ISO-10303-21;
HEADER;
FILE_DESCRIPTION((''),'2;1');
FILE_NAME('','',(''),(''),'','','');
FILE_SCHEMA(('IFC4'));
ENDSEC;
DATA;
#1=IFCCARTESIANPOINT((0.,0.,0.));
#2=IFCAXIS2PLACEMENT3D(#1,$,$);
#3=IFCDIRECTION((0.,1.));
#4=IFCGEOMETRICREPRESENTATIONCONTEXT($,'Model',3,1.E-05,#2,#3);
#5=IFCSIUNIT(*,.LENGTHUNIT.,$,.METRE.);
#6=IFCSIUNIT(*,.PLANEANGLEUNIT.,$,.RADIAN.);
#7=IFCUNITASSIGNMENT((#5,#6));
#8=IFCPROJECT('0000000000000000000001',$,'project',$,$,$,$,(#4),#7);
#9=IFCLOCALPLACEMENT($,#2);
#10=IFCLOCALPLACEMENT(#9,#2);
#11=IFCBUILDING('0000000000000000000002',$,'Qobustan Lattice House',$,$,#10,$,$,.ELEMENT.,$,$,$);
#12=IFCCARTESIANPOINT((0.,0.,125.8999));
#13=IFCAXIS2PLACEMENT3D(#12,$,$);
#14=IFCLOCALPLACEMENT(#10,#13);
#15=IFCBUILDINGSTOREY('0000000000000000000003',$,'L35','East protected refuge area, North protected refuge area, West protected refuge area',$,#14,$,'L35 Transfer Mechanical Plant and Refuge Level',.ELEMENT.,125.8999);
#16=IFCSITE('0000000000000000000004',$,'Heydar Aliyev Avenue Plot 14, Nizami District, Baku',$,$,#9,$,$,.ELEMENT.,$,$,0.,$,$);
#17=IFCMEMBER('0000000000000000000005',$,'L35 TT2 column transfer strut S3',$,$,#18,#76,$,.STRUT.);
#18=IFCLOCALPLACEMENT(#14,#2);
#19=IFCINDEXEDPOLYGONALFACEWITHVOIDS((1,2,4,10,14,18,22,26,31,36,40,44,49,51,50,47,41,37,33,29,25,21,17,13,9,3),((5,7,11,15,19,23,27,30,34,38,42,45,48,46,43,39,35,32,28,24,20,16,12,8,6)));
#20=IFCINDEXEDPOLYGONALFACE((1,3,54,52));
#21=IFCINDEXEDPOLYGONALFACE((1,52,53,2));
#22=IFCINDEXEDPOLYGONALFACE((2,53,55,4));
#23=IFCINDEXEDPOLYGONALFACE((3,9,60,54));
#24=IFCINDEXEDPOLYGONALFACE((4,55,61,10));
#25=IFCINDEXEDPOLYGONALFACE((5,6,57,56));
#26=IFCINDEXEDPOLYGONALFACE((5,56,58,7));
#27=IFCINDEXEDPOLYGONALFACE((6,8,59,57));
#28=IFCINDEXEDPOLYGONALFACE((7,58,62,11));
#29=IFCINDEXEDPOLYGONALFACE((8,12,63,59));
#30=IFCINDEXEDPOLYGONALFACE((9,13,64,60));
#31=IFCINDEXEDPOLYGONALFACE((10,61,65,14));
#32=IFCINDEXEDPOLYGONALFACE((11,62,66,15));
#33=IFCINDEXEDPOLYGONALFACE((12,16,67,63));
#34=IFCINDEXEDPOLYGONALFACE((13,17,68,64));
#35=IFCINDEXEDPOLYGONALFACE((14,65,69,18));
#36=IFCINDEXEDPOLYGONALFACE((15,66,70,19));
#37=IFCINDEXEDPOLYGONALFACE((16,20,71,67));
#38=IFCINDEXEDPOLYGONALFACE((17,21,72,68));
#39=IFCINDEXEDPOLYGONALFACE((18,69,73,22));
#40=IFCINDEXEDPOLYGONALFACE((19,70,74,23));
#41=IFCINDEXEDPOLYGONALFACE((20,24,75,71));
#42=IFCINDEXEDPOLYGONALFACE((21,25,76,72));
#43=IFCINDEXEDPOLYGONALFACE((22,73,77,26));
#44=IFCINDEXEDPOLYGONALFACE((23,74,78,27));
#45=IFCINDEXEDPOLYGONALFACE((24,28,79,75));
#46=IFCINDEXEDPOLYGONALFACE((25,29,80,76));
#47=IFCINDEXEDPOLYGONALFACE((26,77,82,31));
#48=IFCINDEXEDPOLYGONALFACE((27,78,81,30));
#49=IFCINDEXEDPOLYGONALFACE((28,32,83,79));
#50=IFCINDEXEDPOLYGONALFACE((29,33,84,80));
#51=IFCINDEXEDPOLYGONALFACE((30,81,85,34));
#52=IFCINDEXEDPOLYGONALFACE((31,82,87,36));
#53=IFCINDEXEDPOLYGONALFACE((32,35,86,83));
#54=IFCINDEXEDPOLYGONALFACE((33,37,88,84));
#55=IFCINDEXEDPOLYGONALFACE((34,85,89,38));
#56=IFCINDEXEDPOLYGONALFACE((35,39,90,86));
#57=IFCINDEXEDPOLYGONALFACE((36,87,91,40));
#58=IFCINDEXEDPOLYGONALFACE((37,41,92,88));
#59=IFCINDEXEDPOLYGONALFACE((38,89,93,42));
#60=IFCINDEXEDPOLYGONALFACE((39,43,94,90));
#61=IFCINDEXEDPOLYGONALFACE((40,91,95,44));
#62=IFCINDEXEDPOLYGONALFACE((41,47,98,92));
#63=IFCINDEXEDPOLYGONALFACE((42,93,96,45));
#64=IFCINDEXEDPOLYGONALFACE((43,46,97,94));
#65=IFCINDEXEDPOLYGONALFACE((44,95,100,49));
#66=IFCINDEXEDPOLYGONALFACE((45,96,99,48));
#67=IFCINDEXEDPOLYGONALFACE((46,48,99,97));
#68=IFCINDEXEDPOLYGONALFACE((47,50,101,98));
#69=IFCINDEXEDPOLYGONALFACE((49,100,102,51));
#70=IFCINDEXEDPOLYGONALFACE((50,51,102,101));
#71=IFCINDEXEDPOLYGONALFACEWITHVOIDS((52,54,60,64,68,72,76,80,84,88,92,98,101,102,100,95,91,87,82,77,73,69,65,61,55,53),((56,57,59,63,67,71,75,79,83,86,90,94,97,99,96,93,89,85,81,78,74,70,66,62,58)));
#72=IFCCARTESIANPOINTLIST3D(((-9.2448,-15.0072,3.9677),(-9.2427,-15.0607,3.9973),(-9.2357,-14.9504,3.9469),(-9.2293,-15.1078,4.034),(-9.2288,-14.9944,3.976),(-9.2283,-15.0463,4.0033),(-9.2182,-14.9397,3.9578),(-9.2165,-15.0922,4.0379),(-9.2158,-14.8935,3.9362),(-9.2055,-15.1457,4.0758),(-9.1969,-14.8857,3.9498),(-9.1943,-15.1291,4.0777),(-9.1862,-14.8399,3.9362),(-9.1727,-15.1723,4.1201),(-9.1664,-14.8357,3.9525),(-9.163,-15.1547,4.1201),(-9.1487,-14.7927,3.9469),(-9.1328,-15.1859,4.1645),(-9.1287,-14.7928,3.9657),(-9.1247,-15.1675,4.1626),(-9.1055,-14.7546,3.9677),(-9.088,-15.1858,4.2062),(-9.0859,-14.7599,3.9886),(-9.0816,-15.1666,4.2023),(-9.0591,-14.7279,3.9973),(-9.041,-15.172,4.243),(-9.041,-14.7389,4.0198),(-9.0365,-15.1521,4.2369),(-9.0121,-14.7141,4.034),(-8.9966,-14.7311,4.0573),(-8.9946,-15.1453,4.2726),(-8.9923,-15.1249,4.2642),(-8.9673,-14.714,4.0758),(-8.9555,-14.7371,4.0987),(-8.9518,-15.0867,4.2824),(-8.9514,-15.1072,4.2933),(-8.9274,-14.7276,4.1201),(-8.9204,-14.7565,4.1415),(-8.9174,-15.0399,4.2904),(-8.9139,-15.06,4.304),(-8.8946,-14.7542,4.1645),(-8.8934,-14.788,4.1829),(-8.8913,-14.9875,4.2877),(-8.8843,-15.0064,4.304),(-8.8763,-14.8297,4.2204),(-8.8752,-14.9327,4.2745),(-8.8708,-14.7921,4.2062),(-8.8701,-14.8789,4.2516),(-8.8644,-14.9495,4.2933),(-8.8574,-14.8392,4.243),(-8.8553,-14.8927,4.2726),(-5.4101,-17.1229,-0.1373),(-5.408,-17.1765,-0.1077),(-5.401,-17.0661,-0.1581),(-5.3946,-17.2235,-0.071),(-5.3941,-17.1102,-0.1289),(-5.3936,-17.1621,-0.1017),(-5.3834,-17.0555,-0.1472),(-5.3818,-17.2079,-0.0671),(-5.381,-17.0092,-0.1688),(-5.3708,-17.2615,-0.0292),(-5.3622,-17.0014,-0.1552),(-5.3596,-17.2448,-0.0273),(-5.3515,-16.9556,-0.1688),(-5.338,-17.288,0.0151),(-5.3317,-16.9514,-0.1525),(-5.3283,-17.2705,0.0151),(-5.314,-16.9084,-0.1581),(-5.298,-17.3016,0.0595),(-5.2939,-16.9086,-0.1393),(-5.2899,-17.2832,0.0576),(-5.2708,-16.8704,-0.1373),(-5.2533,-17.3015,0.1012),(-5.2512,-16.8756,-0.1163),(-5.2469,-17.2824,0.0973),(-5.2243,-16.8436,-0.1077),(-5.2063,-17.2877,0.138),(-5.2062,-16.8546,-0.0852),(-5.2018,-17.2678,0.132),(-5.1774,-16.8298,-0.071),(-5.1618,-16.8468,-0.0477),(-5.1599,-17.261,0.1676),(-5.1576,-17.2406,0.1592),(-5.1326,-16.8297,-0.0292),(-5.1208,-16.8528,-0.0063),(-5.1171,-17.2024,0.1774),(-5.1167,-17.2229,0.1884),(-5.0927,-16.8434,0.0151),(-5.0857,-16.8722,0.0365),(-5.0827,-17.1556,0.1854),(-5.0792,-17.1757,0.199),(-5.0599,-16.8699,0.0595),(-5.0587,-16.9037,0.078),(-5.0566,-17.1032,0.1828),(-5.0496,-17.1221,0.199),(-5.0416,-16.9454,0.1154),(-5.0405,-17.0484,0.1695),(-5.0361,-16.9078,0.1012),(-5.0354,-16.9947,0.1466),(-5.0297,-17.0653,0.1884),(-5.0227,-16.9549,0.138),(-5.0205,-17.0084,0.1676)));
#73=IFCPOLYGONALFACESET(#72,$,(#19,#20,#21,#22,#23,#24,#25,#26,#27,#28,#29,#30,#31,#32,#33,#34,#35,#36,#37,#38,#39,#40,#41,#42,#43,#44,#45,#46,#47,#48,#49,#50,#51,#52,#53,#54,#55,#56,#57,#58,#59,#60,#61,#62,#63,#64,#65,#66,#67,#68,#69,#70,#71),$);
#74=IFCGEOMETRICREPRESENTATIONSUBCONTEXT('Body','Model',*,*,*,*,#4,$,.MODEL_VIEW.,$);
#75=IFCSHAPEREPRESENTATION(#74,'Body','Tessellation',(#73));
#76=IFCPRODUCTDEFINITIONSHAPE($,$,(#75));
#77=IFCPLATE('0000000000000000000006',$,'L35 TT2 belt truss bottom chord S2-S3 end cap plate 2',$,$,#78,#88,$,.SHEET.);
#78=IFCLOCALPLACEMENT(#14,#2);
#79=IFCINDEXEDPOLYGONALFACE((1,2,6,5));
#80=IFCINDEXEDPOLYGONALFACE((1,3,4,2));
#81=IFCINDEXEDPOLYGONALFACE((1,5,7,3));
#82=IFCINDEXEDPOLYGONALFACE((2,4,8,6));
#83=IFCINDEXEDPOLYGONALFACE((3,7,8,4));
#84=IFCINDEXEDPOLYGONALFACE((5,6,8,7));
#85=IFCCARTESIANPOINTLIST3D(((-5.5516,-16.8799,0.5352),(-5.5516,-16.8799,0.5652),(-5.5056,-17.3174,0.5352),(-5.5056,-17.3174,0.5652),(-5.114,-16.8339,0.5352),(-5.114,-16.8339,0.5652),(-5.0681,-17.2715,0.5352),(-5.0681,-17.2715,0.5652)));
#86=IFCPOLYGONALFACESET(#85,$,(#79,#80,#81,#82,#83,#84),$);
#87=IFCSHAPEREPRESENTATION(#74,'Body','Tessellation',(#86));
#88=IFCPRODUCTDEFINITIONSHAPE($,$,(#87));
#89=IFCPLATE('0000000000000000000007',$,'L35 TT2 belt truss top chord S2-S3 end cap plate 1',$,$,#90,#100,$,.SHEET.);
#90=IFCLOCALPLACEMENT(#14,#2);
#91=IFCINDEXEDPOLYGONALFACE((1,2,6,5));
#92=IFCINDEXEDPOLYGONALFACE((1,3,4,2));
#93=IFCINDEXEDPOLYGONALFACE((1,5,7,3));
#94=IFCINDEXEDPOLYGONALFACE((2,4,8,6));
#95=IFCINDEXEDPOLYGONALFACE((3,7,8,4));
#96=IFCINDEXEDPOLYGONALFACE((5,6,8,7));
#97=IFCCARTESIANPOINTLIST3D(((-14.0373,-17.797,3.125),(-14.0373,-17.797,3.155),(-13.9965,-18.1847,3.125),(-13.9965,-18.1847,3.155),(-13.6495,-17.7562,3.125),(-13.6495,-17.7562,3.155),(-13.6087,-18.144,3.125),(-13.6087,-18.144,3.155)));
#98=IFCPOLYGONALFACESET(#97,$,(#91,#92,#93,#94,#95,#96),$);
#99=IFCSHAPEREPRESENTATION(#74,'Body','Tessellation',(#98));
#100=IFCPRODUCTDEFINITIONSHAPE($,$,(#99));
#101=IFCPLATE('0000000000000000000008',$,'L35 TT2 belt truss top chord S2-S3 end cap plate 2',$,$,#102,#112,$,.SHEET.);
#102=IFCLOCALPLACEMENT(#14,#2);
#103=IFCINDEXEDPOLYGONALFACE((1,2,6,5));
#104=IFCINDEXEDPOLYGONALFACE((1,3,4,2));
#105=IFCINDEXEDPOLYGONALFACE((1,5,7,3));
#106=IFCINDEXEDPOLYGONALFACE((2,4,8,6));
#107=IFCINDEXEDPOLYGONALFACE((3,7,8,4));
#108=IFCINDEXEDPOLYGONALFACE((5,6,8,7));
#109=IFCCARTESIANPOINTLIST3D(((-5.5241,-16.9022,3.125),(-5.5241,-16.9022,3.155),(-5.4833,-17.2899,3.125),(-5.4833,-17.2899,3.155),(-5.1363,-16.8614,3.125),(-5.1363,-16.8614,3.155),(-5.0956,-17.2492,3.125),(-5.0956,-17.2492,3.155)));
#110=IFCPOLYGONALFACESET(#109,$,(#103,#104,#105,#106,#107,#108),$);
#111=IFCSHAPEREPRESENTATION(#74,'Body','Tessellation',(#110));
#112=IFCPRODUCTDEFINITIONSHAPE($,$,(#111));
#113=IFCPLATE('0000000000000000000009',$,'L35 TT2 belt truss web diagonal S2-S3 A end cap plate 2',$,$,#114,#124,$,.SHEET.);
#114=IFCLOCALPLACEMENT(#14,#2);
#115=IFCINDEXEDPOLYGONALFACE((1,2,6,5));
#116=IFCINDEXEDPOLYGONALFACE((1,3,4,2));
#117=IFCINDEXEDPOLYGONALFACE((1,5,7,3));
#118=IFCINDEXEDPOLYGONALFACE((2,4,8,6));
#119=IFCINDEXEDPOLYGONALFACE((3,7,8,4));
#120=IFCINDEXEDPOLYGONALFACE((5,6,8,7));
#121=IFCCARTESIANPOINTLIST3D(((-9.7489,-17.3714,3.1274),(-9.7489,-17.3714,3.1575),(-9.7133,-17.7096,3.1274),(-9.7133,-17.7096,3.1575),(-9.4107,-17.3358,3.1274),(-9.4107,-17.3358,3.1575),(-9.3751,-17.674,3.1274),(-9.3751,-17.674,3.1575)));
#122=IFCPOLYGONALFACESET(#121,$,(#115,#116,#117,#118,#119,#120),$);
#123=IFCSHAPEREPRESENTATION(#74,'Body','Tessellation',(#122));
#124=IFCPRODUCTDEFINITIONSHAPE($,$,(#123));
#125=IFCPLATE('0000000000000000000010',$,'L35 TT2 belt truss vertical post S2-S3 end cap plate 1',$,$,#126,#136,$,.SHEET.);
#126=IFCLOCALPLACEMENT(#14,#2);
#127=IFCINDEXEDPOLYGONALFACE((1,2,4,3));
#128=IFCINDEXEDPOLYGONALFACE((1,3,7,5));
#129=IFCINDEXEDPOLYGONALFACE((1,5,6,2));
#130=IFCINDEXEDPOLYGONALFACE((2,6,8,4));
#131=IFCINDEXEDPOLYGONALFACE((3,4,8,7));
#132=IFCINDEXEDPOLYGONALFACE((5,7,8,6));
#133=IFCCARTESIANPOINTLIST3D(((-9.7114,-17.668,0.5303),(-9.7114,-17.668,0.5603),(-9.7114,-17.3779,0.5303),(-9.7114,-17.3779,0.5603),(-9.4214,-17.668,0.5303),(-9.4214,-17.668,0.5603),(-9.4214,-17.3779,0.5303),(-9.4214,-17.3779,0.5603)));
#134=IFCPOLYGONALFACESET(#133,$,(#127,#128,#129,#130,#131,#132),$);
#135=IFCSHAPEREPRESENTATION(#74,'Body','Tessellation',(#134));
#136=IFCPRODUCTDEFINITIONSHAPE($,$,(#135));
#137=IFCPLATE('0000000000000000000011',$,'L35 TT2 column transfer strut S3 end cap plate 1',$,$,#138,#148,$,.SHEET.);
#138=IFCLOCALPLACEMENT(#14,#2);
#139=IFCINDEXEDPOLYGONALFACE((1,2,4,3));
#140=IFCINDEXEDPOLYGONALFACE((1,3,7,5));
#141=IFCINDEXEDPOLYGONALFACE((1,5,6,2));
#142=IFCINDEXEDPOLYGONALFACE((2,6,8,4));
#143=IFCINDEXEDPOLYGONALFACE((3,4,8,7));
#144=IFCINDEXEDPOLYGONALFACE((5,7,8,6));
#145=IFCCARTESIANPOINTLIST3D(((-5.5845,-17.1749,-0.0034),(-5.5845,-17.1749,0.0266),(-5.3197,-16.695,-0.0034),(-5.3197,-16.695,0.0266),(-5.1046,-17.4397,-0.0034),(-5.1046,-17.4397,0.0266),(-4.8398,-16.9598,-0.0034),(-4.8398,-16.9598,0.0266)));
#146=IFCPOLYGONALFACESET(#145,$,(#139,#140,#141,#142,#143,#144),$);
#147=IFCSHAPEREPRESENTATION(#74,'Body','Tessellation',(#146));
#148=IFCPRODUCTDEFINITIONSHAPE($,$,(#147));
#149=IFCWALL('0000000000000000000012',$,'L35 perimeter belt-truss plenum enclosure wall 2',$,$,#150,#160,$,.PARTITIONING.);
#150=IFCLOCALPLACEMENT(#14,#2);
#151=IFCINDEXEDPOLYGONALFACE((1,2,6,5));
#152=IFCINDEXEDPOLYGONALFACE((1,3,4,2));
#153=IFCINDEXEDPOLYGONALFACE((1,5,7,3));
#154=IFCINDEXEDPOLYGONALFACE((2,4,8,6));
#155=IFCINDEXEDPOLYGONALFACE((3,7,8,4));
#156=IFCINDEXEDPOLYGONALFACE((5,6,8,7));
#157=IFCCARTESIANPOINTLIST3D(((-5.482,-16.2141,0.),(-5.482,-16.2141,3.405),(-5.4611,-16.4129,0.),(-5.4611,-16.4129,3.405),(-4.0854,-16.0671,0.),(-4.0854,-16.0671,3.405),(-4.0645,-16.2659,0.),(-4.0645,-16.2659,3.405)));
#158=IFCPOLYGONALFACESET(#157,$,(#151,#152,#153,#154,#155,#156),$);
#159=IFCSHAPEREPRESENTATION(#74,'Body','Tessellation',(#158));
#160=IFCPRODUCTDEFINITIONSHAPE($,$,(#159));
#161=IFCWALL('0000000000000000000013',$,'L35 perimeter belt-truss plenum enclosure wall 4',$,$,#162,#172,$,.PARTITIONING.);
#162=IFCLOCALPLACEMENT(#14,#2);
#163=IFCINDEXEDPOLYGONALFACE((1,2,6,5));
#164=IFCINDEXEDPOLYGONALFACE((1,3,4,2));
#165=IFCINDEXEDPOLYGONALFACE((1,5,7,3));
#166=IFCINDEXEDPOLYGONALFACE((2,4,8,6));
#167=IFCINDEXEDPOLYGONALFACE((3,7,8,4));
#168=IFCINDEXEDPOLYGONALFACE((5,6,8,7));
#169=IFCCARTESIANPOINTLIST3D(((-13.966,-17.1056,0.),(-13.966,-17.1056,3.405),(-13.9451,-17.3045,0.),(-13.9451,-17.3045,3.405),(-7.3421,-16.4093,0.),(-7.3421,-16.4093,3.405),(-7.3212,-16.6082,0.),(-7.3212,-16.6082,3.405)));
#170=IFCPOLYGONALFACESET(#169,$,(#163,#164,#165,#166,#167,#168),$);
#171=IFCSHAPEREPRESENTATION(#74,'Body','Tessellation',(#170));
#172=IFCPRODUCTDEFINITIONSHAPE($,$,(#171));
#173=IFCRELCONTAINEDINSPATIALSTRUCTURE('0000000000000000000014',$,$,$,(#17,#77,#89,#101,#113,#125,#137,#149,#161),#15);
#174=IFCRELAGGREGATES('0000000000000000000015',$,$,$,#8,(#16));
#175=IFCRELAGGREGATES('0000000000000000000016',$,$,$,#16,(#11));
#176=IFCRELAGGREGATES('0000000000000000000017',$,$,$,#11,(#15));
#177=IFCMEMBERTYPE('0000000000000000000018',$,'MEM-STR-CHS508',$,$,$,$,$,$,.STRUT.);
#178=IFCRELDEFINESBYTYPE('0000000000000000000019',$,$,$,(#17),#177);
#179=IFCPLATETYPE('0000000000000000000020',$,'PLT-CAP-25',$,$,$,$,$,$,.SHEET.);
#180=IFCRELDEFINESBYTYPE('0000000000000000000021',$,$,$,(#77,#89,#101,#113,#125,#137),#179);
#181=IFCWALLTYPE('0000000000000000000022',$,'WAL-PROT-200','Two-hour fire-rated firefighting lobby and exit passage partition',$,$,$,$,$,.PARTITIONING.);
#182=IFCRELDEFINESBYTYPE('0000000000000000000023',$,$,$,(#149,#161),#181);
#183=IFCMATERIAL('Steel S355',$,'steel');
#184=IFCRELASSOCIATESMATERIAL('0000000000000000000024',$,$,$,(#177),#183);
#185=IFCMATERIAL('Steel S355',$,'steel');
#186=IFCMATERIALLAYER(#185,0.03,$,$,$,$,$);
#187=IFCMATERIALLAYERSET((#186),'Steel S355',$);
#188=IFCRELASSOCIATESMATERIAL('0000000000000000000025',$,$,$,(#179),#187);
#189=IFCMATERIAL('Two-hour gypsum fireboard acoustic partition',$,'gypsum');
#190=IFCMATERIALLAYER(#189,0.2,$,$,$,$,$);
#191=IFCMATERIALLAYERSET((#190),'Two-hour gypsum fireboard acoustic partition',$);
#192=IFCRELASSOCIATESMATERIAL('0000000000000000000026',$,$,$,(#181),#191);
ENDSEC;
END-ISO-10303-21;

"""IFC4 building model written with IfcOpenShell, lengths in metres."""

from ifc_helpers import new_model, si_unit, direction, frame, frame_2d, origin, origin_2d, place, context, subcontext, project, spatial, rectangle, hollow_circle, extrude, material, layer, layer_set, material_profile, profile_set, type_object, element, save


model = new_model("IFC4")

# Units and contexts
model_context = context("Model", 3, precision=1e-05, world=origin(), true_north=direction((0.0, 1.0)))
body_context = subcontext(model_context, "Body", "Model", "MODEL_VIEW")
ifc_project = project(units=[si_unit("LENGTHUNIT", "METRE"), si_unit("PLANEANGLEUNIT", "RADIAN")], contexts=[model_context])

# Site, building, storey
site_placement = place(None, origin())
site = spatial("IfcSite", under=ifc_project, at=site_placement, Name="Heydar Aliyev Avenue Plot 14, Nizami District, Baku", CompositionType="ELEMENT", RefElevation=0.0)
building_placement = place(site_placement, origin())
building = spatial("IfcBuilding", under=site, at=building_placement, Name="Qobustan Lattice House", CompositionType="ELEMENT")
storey_placement = place(building_placement, frame((0.0, 0.0, 125.8999)))
storey = spatial("IfcBuildingStorey", under=building, at=storey_placement, Name="L35", Description="East protected refuge area, North protected refuge area, West protected refuge area", LongName="L35 Transfer Mechanical Plant and Refuge Level", CompositionType="ELEMENT", Elevation=125.8999)

# Member
ifc_material_1 = material(Name="Steel S355", Category="steel")
ifc_material_profile_1 = material_profile(ifc_material_1, hollow_circle(Radius=0.2539, WallThickness=0.02, at=origin_2d()), Name="CHS508x20")
ifc_profile_set_1 = profile_set([ifc_material_profile_1], Name="Steel S355")
member_type_1 = type_object("IfcMemberType", Name="MEM-STR-CHS508", PredefinedType="STRUT", material=ifc_profile_set_1)
member_1_placement = place(storey_placement, frame((-5.2153, -17.0657, 0.0151), z_axis=(-0.638834, 0.352463, 0.683858), x_axis=(-0.48308, -0.875576, 0.0)))
element("IfcMember", 1, at=member_1_placement, inside=storey, type_object=member_type_1, Name="L35 TT2 column transfer strut S3", PredefinedType="STRUT", context=body_context, shape_type="SweptSolid", body=[
    extrude(hollow_circle(Radius=0.2539, WallThickness=0.02, at=origin_2d()), origin(), (0.0, 0.0, 1.0), 6.0027),
])

# Plates
ifc_material_2 = material(Name="Steel S355", Category="steel")
ifc_layer_1 = layer(ifc_material_2, 0.03)
ifc_layer_set_1 = layer_set([ifc_layer_1], Name="Steel S355")
plate_type = type_object("IfcPlateType", Name="PLT-CAP-25", PredefinedType="SHEET", material=ifc_layer_set_1)
plate_1_placement = place(storey_placement, frame((-5.3098, -17.0757, 0.5352), z_axis=(0.0, 0.0, 1.0), x_axis=(0.994522, 0.104528, 0.0)))
element("IfcPlate", 2, at=plate_1_placement, inside=storey, type_object=plate_type, Name="L35 TT2 belt truss bottom chord S2-S3 end cap plate 2", PredefinedType="SHEET", context=body_context, shape_type="SweptSolid", body=[
    extrude(rectangle(XDim=0.4399, YDim=0.4399, at=origin_2d()), origin(), (0.0, 0.0, 1.0), 0.03),
])
for number, where, z_axis, x_axis, name in (
    (3, (-13.823, -17.9705, 3.125), (0.0, 0.0, 1.0), (0.994522, 0.104528, 0.0), "L35 TT2 belt truss top chord S2-S3 end cap plate 1"),
    (4, (-5.3098, -17.0757, 3.125), (0.0, 0.0, 1.0), (0.994522, 0.104528, 0.0), "L35 TT2 belt truss top chord S2-S3 end cap plate 2"),
):
    element("IfcPlate", number, at=place(storey_placement, frame(where, z_axis=z_axis, x_axis=x_axis)), inside=storey, type_object=plate_type, Name=name, PredefinedType="SHEET", context=body_context, shape_type="SweptSolid", body=[
        extrude(rectangle(XDim=0.3899, YDim=0.3899, at=origin_2d()), origin(), (0.0, 0.0, 1.0), 0.03),
    ])
plate_2_placement = place(storey_placement, frame((-9.562, -17.5227, 3.1274), z_axis=(0.0, 0.0, 1.0), x_axis=(0.99452, 0.104546, 0.0)))
element("IfcPlate", 5, at=plate_2_placement, inside=storey, type_object=plate_type, Name="L35 TT2 belt truss web diagonal S2-S3 A end cap plate 2", PredefinedType="SHEET", context=body_context, shape_type="SweptSolid", body=[
    extrude(rectangle(XDim=0.3401, YDim=0.3401, at=origin_2d()), origin(), (0.0, 0.0, 1.0), 0.03),
])
plate_3_placement = place(storey_placement, frame((-9.5664, -17.5229, 0.5303), z_axis=(0.0, 0.0, 1.0), x_axis=(1.0, 0.0, 0.0)))
element("IfcPlate", 6, at=plate_3_placement, inside=storey, type_object=plate_type, Name="L35 TT2 belt truss vertical post S2-S3 end cap plate 1", PredefinedType="SHEET", context=body_context, shape_type="SweptSolid", body=[
    extrude(rectangle(XDim=0.29, YDim=0.29, at=origin_2d()), origin(), (0.0, 0.0, 1.0), 0.03),
])
plate_4_placement = place(storey_placement, frame((-5.2122, -17.0674, -0.0034), z_axis=(0.0, 0.0, 1.0), x_axis=(-0.875574, 0.483084, 0.0)))
element("IfcPlate", 7, at=plate_4_placement, inside=storey, type_object=plate_type, Name="L35 TT2 column transfer strut S3 end cap plate 1", PredefinedType="SHEET", context=body_context, shape_type="SweptSolid", body=[
    extrude(rectangle(XDim=0.5481, YDim=0.5481, at=origin_2d()), origin(), (0.0, 0.0, 1.0), 0.03),
])

# Walls
ifc_material_3 = material(Name="Two-hour gypsum fireboard acoustic partition", Category="gypsum")
ifc_layer_2 = layer(ifc_material_3, 0.2)
ifc_layer_set_2 = layer_set([ifc_layer_2], Name="Two-hour gypsum fireboard acoustic partition")
wall_type = type_object("IfcWallType", Name="WAL-PROT-200", Description="Two-hour fire-rated firefighting lobby and exit passage partition", PredefinedType="PARTITIONING", material=ifc_layer_set_2)
wall_1_placement = place(storey_placement, frame((-4.075, -16.1665, 0.0), z_axis=(0.0, 0.0, 1.0), x_axis=(-0.994507, -0.104667, 0.0)))
element("IfcWall", 8, at=wall_1_placement, inside=storey, type_object=wall_type, Name="L35 perimeter belt-truss plenum enclosure wall 2", PredefinedType="PARTITIONING", context=body_context, shape_type="SweptSolid", body=[
    extrude(rectangle(XDim=1.4043, YDim=0.2, at=frame_2d((0.7021, 0.0))), origin(), (0.0, 0.0, 1.0), 3.405),
])
wall_2_placement = place(storey_placement, frame((-7.3318, -16.5088, 0.0), z_axis=(0.0, 0.0, 1.0), x_axis=(-0.994521, -0.10454, 0.0)))
element("IfcWall", 9, at=wall_2_placement, inside=storey, type_object=wall_type, Name="L35 perimeter belt-truss plenum enclosure wall 4", PredefinedType="PARTITIONING", context=body_context, shape_type="SweptSolid", body=[
    extrude(rectangle(XDim=6.6604, YDim=0.2, at=frame_2d((3.3301, 0.0))), origin(), (0.0, 0.0, 1.0), 3.405),
])

save(model, "model.ifc")
